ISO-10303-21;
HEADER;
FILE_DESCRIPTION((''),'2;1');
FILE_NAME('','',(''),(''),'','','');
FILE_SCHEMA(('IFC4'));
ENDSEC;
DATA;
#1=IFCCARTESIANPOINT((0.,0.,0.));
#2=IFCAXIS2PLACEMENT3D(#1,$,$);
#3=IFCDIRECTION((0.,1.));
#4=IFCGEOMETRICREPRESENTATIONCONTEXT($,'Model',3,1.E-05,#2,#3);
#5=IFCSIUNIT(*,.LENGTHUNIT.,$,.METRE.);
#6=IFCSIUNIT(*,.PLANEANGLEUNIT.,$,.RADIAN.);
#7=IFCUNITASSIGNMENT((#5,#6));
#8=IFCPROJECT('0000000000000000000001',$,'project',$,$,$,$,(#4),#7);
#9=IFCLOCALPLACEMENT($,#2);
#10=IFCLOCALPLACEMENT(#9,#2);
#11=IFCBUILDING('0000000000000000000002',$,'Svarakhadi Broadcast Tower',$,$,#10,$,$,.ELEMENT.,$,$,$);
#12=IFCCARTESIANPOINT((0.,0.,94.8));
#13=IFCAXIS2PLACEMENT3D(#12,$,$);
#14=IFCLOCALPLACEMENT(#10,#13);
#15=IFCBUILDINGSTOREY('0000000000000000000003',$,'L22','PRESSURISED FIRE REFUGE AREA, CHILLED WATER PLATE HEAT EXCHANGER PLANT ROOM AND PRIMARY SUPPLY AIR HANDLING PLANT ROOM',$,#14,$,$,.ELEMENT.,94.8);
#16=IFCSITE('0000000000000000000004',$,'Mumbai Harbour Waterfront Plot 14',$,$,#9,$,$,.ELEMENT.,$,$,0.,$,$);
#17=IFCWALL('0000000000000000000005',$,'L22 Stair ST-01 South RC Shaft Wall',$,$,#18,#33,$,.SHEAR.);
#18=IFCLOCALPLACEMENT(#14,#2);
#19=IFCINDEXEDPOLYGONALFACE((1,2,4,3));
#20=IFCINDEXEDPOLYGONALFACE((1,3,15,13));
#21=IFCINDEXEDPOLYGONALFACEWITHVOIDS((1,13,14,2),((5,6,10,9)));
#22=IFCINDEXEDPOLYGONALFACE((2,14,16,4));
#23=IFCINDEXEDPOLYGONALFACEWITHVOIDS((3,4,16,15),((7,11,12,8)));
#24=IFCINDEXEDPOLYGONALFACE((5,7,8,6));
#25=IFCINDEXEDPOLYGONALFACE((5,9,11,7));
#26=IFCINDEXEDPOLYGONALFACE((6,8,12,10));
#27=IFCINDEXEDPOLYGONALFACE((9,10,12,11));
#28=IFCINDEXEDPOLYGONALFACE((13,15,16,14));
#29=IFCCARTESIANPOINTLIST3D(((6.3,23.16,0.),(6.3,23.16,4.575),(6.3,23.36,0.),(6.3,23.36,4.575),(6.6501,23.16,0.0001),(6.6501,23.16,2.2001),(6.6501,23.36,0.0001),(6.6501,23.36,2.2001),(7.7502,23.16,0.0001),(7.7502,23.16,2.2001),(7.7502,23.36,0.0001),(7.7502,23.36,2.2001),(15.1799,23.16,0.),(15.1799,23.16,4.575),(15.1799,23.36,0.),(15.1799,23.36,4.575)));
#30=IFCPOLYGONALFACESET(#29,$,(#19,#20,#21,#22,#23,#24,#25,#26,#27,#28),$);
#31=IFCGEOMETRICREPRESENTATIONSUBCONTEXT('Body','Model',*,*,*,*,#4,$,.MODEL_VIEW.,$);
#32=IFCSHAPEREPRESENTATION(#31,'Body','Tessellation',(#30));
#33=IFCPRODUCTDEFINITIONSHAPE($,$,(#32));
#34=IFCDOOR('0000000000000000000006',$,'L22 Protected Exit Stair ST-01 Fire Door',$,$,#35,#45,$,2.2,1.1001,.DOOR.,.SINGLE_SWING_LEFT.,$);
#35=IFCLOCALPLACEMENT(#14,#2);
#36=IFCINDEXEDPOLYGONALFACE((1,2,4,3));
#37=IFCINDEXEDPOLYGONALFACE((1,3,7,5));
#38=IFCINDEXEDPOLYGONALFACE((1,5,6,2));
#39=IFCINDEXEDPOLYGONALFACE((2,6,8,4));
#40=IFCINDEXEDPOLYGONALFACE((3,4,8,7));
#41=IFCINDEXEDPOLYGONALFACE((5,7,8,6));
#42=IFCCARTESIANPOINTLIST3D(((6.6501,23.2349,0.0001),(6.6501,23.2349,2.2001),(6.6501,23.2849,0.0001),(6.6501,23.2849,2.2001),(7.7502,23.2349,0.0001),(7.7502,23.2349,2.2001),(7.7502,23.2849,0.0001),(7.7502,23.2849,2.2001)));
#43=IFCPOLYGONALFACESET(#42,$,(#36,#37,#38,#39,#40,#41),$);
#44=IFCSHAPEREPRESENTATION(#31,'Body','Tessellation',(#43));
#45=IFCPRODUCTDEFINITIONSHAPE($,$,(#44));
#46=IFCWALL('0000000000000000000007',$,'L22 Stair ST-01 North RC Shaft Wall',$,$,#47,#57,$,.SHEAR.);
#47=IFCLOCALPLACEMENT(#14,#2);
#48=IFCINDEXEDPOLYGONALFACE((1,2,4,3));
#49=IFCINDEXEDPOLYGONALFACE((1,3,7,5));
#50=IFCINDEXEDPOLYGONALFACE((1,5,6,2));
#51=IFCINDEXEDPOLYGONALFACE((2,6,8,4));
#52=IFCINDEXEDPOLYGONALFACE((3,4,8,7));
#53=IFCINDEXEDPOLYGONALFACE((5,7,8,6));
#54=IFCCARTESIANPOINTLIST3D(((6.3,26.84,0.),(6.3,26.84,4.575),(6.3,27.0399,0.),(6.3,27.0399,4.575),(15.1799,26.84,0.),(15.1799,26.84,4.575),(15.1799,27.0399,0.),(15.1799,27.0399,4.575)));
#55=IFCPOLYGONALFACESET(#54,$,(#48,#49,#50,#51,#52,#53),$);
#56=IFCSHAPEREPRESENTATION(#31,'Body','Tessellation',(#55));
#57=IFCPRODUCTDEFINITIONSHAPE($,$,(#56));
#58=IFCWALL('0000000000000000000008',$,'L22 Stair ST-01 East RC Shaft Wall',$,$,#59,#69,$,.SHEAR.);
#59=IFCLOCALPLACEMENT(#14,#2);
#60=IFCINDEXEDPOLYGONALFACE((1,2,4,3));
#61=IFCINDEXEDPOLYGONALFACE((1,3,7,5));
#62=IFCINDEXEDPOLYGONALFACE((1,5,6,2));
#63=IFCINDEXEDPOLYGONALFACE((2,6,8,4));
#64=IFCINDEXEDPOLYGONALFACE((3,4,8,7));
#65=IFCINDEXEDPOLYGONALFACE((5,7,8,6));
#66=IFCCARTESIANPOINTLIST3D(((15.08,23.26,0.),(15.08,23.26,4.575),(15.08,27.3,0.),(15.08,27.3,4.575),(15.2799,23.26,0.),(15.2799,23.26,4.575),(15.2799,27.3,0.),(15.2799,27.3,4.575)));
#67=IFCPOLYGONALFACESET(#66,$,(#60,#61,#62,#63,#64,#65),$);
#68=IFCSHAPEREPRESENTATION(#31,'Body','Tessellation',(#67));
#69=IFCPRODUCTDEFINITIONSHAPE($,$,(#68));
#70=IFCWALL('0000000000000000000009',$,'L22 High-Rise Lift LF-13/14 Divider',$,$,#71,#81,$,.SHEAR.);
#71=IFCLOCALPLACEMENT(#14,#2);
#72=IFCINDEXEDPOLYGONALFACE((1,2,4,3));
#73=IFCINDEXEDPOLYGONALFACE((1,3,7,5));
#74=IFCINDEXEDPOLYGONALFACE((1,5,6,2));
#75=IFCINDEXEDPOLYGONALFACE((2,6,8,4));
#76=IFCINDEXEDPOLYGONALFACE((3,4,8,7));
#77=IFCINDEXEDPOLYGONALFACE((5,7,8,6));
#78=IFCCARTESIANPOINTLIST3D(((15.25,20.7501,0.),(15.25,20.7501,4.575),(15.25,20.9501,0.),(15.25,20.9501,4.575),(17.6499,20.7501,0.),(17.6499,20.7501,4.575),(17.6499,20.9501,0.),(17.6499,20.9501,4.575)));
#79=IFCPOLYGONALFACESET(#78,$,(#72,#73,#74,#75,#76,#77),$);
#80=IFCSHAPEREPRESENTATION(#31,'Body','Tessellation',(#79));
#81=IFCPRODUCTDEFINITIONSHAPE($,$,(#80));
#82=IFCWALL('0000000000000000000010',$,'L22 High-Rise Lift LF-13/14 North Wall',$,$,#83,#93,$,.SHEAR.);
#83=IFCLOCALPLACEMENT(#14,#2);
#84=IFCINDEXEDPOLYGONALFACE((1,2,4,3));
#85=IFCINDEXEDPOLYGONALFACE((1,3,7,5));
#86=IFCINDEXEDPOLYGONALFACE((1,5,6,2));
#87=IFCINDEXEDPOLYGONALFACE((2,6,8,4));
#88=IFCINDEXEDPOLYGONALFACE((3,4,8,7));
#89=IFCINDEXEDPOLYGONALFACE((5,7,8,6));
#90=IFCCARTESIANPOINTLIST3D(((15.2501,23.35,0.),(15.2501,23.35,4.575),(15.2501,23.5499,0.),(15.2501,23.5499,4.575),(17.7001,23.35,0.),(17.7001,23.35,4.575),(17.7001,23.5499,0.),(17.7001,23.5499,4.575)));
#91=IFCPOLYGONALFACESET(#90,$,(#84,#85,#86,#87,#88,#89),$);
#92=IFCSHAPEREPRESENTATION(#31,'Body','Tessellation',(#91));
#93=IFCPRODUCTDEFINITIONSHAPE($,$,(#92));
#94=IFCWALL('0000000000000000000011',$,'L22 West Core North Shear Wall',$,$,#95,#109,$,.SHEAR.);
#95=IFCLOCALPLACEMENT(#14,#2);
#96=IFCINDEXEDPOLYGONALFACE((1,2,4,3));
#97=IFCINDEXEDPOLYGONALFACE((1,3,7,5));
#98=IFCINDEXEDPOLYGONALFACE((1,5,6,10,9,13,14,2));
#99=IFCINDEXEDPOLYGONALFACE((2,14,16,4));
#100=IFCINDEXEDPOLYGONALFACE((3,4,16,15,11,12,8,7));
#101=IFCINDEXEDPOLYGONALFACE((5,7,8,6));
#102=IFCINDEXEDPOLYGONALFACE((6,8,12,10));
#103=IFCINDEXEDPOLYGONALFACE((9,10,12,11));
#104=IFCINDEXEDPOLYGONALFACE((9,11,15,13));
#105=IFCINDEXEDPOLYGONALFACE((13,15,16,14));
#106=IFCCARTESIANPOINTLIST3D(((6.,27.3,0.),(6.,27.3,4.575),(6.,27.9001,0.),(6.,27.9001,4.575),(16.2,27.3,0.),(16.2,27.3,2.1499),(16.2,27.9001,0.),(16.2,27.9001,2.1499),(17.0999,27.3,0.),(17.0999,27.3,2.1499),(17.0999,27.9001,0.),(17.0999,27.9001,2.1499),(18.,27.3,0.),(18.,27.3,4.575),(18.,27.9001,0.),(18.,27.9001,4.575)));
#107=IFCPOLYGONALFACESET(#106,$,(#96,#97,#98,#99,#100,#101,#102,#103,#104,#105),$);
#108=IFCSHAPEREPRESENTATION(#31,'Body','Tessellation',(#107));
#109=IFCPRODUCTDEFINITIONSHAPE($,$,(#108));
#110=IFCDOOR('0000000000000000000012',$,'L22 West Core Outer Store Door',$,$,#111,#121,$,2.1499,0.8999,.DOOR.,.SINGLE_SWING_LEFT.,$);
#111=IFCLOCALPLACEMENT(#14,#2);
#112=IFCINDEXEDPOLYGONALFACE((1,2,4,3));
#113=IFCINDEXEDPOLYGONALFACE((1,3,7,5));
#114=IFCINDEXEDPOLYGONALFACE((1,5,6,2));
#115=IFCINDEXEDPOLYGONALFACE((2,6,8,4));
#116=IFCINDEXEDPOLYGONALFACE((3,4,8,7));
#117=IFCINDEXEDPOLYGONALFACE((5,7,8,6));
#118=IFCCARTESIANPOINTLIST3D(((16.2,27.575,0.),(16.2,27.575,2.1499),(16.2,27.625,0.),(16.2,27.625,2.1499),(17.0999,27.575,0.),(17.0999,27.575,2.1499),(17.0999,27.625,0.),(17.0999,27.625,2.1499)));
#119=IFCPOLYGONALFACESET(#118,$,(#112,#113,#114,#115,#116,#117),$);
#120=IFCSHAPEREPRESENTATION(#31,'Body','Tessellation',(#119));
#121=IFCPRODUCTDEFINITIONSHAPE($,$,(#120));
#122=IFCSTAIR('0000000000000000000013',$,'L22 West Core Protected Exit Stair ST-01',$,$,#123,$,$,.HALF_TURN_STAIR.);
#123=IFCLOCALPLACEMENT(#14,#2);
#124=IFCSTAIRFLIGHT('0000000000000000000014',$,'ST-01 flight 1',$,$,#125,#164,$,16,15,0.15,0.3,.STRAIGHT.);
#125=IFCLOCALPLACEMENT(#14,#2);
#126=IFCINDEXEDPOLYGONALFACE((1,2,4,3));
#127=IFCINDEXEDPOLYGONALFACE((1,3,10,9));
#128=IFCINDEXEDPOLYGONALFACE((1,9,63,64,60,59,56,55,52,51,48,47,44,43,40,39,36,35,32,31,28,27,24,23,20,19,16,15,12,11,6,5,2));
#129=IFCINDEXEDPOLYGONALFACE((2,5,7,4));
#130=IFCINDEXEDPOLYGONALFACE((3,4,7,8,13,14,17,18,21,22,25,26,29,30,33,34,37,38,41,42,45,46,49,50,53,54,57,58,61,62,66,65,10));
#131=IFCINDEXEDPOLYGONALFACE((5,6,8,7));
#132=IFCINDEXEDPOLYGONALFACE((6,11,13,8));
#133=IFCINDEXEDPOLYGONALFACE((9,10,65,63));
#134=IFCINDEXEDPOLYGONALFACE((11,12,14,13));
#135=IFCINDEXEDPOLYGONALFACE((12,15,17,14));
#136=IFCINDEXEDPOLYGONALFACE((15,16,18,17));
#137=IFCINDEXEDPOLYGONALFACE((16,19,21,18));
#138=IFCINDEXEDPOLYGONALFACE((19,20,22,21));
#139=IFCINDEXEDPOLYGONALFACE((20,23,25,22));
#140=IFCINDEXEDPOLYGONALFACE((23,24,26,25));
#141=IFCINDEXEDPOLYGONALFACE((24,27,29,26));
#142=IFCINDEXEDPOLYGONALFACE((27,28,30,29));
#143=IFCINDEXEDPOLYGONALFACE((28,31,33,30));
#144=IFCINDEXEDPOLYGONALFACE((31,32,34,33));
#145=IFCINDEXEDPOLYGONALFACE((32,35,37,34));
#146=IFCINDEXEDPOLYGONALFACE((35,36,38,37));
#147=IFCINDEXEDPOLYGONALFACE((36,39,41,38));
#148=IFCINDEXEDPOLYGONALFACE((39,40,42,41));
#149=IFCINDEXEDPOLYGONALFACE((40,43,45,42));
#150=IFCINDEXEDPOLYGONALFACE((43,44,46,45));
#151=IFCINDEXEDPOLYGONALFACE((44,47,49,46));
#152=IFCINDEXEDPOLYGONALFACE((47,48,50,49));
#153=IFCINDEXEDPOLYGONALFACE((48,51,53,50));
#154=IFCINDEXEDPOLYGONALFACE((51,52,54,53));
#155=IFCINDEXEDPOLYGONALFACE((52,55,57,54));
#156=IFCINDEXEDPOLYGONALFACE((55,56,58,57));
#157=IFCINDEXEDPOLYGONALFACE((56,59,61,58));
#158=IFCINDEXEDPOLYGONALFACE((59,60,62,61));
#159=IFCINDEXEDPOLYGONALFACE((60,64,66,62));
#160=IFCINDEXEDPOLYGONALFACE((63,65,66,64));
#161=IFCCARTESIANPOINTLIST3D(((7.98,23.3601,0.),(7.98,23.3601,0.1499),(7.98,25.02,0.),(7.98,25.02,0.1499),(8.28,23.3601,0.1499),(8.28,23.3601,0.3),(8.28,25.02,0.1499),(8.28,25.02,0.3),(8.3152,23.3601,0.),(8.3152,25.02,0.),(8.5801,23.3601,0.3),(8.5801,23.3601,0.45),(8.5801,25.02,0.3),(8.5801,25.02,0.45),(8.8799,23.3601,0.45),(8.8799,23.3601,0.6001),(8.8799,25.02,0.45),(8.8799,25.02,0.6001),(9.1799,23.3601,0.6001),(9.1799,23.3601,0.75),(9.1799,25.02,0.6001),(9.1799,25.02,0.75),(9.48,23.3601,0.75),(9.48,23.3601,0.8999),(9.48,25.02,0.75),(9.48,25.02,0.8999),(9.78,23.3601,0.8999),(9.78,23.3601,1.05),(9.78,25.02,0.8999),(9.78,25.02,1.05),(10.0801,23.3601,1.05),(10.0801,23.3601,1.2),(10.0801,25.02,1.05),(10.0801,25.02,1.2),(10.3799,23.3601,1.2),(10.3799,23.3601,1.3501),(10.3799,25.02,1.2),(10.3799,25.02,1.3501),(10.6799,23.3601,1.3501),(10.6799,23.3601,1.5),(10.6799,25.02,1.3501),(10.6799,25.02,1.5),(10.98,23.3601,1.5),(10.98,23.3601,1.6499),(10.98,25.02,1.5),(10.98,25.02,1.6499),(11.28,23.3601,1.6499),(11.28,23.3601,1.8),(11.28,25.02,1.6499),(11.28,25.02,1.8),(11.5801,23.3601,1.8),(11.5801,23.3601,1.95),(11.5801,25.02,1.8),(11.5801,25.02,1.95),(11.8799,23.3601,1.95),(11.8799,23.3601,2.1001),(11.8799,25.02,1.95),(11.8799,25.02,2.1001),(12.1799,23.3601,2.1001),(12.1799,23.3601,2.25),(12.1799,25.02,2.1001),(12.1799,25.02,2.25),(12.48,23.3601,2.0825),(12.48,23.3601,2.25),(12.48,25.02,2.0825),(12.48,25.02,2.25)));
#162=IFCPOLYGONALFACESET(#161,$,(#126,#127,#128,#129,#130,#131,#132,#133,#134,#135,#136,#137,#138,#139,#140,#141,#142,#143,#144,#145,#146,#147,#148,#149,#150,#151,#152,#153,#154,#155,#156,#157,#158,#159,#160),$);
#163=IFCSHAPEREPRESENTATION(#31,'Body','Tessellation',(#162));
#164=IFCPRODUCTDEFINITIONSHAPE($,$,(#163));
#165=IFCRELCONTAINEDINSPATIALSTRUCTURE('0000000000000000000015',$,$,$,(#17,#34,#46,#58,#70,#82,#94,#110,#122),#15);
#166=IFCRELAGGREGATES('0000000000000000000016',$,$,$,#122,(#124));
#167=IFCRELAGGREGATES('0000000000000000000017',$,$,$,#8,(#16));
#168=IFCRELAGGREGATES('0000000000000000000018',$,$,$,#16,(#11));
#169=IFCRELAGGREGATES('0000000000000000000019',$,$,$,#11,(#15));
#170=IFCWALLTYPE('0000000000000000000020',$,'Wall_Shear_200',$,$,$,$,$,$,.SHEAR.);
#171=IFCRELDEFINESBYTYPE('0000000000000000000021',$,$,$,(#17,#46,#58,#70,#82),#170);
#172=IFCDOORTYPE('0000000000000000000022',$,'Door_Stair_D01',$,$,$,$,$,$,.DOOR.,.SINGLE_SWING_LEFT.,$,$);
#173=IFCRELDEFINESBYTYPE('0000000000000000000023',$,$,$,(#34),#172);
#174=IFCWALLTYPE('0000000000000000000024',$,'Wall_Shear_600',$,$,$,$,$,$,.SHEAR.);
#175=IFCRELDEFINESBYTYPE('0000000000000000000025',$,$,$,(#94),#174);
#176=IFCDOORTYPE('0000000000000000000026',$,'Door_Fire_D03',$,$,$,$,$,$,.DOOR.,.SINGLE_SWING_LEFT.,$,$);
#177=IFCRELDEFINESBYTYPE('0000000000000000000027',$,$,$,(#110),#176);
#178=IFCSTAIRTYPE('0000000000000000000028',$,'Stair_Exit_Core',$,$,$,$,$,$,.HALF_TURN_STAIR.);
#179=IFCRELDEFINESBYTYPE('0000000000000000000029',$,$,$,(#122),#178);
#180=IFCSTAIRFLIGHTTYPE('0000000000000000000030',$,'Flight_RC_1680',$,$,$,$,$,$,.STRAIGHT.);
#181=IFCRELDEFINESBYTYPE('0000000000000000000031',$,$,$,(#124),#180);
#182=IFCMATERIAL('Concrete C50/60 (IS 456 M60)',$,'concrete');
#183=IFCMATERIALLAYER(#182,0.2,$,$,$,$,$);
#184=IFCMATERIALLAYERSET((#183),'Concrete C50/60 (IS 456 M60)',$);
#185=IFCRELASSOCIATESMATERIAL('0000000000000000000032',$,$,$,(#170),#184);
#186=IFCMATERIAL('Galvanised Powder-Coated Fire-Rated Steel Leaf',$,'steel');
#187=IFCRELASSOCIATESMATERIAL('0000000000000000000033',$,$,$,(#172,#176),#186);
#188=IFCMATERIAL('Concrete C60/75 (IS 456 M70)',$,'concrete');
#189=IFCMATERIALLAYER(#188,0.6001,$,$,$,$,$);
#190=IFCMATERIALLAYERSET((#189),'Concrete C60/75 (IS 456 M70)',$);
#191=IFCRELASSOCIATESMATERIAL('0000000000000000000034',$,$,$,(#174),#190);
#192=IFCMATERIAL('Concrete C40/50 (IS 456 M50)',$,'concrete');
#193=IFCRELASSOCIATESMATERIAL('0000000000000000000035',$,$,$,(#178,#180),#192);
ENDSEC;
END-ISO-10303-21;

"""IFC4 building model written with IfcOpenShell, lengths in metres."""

from ifc_helpers import new_model, si_unit, direction, frame, frame_2d, origin, place, context, subcontext, project, spatial, polyline, rectangle, outline, extrude, material, layer, layer_set, type_object, element, fill, aggregate, save


model = new_model("IFC4")

# Units and contexts
model_context = context("Model", 3, precision=1e-05, world=origin(), true_north=direction((0.0, 1.0)))
body_context = subcontext(model_context, "Body", "Model", "MODEL_VIEW")
ifc_project = project(units=[si_unit("LENGTHUNIT", "METRE"), si_unit("PLANEANGLEUNIT", "RADIAN")], contexts=[model_context])

# Site, building, storey
site_placement = place(None, origin())
site = spatial("IfcSite", under=ifc_project, at=site_placement, Name="Mumbai Harbour Waterfront Plot 14", CompositionType="ELEMENT", RefElevation=0.0)
building_placement = place(site_placement, origin())
building = spatial("IfcBuilding", under=site, at=building_placement, Name="Svarakhadi Broadcast Tower", CompositionType="ELEMENT")
storey_placement = place(building_placement, frame((0.0, 0.0, 94.8)))
storey = spatial("IfcBuildingStorey", under=building, at=storey_placement, Name="L22", Description="PRESSURISED FIRE REFUGE AREA, CHILLED WATER PLATE HEAT EXCHANGER PLANT ROOM AND PRIMARY SUPPLY AIR HANDLING PLANT ROOM", CompositionType="ELEMENT", Elevation=94.8)

# Shared definitions
ifc_material_1 = material(Name="Concrete C60/75 (IS 456 M70)", Category="concrete")

# Shared definitions
ifc_material_2 = material(Name="Concrete C50/60 (IS 456 M60)", Category="concrete")

# Shared definitions
ifc_material_3 = material(Name="Concrete C40/50 (IS 456 M50)", Category="concrete")

# Wall, opening, door
ifc_material_4 = material(Name="Galvanised Powder-Coated Fire-Rated Steel Leaf", Category="steel")
ifc_layer_1 = layer(ifc_material_2, 0.2)
ifc_layer_set_1 = layer_set([ifc_layer_1], Name="Concrete C50/60 (IS 456 M60)")
wall_type_1 = type_object("IfcWallType", Name="Wall_Shear_200", PredefinedType="SHEAR", material=ifc_layer_set_1)
wall_1_placement = place(storey_placement, frame((6.3, 23.26, 0.0), z_axis=(0.0, 0.0, 1.0), x_axis=(1.0, 0.0, 0.0)))
wall_1 = element("IfcWall", 1, at=wall_1_placement, inside=storey, type_object=wall_type_1, Name="L22 Stair ST-01 South RC Shaft Wall", PredefinedType="SHEAR", context=body_context, shape_type="SweptSolid", body=[
    extrude(rectangle(XDim=8.8799, YDim=0.2, at=frame_2d((4.4399, 0.0))), origin(), (0.0, 0.0, 1.0), 4.575),
])
opening_1_placement = place(wall_1_placement, frame((0.3501, 0.0, 0.0)))
opening_1 = element("IfcOpeningElement", 2, at=opening_1_placement, cuts=wall_1, PredefinedType="OPENING", context=body_context, shape_type="SweptSolid", body=[
    extrude(rectangle(XDim=1.1001, YDim=2.2, at=frame_2d((0.55, 1.1001))), frame((0.0, 0.1099, 0.0), z_axis=(0.0, -1.0, 0.0), x_axis=(1.0, 0.0, 0.0)), (0.0, 0.0, 1.0), 0.22),
])
door_type_1 = type_object("IfcDoorType", Name="Door_Stair_D01", OperationType="SINGLE_SWING_LEFT", PredefinedType="DOOR", material=ifc_material_4)
door_1_placement = place(opening_1_placement, origin())
door_1 = element("IfcDoor", 3, at=door_1_placement, inside=storey, type_object=door_type_1, Name="L22 Protected Exit Stair ST-01 Fire Door", OperationType="SINGLE_SWING_LEFT", OverallHeight=2.2, OverallWidth=1.1001, PredefinedType="DOOR", context=body_context, shape_type="SweptSolid", body=[
    extrude(rectangle(XDim=1.1001, YDim=2.2, at=frame_2d((0.55, 1.1001))), frame((0.0, 0.0249, 0.0), z_axis=(0.0, -1.0, 0.0), x_axis=(1.0, 0.0, 0.0)), (0.0, 0.0, 1.0), 0.05),
])
fill(opening_1, door_1)

# Walls
wall_2_placement = place(storey_placement, frame((6.3, 26.9399, 0.0), z_axis=(0.0, 0.0, 1.0), x_axis=(1.0, 0.0, 0.0)))
element("IfcWall", 4, at=wall_2_placement, inside=storey, type_object=wall_type_1, Name="L22 Stair ST-01 North RC Shaft Wall", PredefinedType="SHEAR", context=body_context, shape_type="SweptSolid", body=[
    extrude(rectangle(XDim=8.8799, YDim=0.2, at=frame_2d((4.4399, 0.0))), origin(), (0.0, 0.0, 1.0), 4.575),
])
wall_3_placement = place(storey_placement, frame((15.1799, 23.26, 0.0), z_axis=(0.0, 0.0, 1.0), x_axis=(0.0, 1.0, 0.0)))
element("IfcWall", 5, at=wall_3_placement, inside=storey, type_object=wall_type_1, Name="L22 Stair ST-01 East RC Shaft Wall", PredefinedType="SHEAR", context=body_context, shape_type="SweptSolid", body=[
    extrude(rectangle(XDim=4.04, YDim=0.2, at=frame_2d((2.02, 0.0))), origin(), (0.0, 0.0, 1.0), 4.575),
])

# Walls
wall_4_placement = place(storey_placement, frame((15.25, 20.8501, 0.0), z_axis=(0.0, 0.0, 1.0), x_axis=(1.0, 0.0, 0.0)))
element("IfcWall", 6, at=wall_4_placement, inside=storey, type_object=wall_type_1, Name="L22 High-Rise Lift LF-13/14 Divider", PredefinedType="SHEAR", context=body_context, shape_type="SweptSolid", body=[
    extrude(rectangle(XDim=2.3999, YDim=0.2, at=frame_2d((1.2, 0.0))), origin(), (0.0, 0.0, 1.0), 4.575),
])
wall_5_placement = place(storey_placement, frame((15.25, 23.45, 0.0), z_axis=(0.0, 0.0, 1.0), x_axis=(1.0, 0.0, 0.0)))
element("IfcWall", 7, at=wall_5_placement, inside=storey, type_object=wall_type_1, Name="L22 High-Rise Lift LF-13/14 North Wall", PredefinedType="SHEAR", context=body_context, shape_type="SweptSolid", body=[
    extrude(rectangle(XDim=2.45, YDim=0.2, at=frame_2d((1.2251, 0.0))), origin(), (0.0, 0.0, 1.0), 4.575),
])

# Wall, opening, door
ifc_layer_2 = layer(ifc_material_1, 0.6001)
ifc_layer_set_2 = layer_set([ifc_layer_2], Name="Concrete C60/75 (IS 456 M70)")
wall_type_2 = type_object("IfcWallType", Name="Wall_Shear_600", PredefinedType="SHEAR", material=ifc_layer_set_2)
wall_6_placement = place(storey_placement, frame((6.0, 27.6001, 0.0), z_axis=(0.0, 0.0, 1.0), x_axis=(1.0, 0.0, 0.0)))
wall_6 = element("IfcWall", 8, at=wall_6_placement, inside=storey, type_object=wall_type_2, Name="L22 West Core North Shear Wall", PredefinedType="SHEAR", context=body_context, shape_type="SweptSolid", body=[
    extrude(rectangle(XDim=12.0, YDim=0.6001, at=frame_2d((6.0, 0.0))), origin(), (0.0, 0.0, 1.0), 4.575),
])
opening_2_placement = place(wall_6_placement, frame((10.2, 0.0, 0.0)))
opening_2 = element("IfcOpeningElement", 9, at=opening_2_placement, cuts=wall_6, PredefinedType="OPENING", context=body_context, shape_type="SweptSolid", body=[
    extrude(rectangle(XDim=0.8999, YDim=2.1499, at=frame_2d((0.45, 1.075))), frame((0.0, 0.3101, 0.0), z_axis=(0.0, -1.0, 0.0), x_axis=(1.0, 0.0, 0.0)), (0.0, 0.0, 1.0), 0.6201),
])
door_type_2 = type_object("IfcDoorType", Name="Door_Fire_D03", OperationType="SINGLE_SWING_LEFT", PredefinedType="DOOR", material=ifc_material_4)
door_2_placement = place(opening_2_placement, origin())
door_2 = element("IfcDoor", 10, at=door_2_placement, inside=storey, type_object=door_type_2, Name="L22 West Core Outer Store Door", OperationType="SINGLE_SWING_LEFT", OverallHeight=2.1499, OverallWidth=0.8999, PredefinedType="DOOR", context=body_context, shape_type="SweptSolid", body=[
    extrude(rectangle(XDim=0.8999, YDim=2.1499, at=frame_2d((0.45, 1.075))), frame((0.0, 0.0249, 0.0), z_axis=(0.0, -1.0, 0.0), x_axis=(1.0, 0.0, 0.0)), (0.0, 0.0, 1.0), 0.05),
])
fill(opening_2, door_2)

# Stair, stair flight
stair_type = type_object("IfcStairType", Name="Stair_Exit_Core", PredefinedType="HALF_TURN_STAIR", material=ifc_material_3)
stair_placement = place(storey_placement, origin())
stair = element("IfcStair", 11, at=stair_placement, inside=storey, type_object=stair_type, Name="L22 West Core Protected Exit Stair ST-01", PredefinedType="HALF_TURN_STAIR")
stair_flight_type = type_object("IfcStairFlightType", Name="Flight_RC_1680", PredefinedType="STRAIGHT", material=ifc_material_3)
stair_flight_1_placement = place(storey_placement, frame((7.98, 24.1899, 0.0), z_axis=(0.0, 0.0, 1.0), x_axis=(1.0, 0.0, 0.0)))
stair_flight_1 = element("IfcStairFlight", 12, at=stair_flight_1_placement, type_object=stair_flight_type, Name="ST-01 flight 1", NumberOfRisers=16, NumberOfTreads=15, PredefinedType="STRAIGHT", RiserHeight=0.15, TreadLength=0.3, context=body_context, shape_type="SweptSolid", body=[
    extrude(outline(polyline([(0.0, 0.0), (0.0, 0.1499), (0.3, 0.1499), (0.3, 0.3), (0.6001, 0.3), (0.6001, 0.45), (0.8999, 0.45), (0.8999, 0.6001), (1.2, 0.6001), (1.2, 0.75), (1.5, 0.75), (1.5, 0.8999), (1.8, 0.8999), (1.8, 1.05), (2.1001, 1.05), (2.1001, 1.2), (2.3999, 1.2), (2.3999, 1.3501), (2.7, 1.3501), (2.7, 1.5), (3.0, 1.5), (3.0, 1.6499), (3.3, 1.6499), (3.3, 1.8), (3.6001, 1.8), (3.6001, 1.95), (3.8999, 1.95), (3.8999, 2.1001), (4.2, 2.1001), (4.2, 2.25), (4.5, 2.25), (4.5, 2.3999), (4.5, 2.0825), (0.3352, 0.0), (0.0, 0.0)])), frame((0.0, 0.8301, 0.0), z_axis=(0.0, -1.0, 0.0), x_axis=(1.0, 0.0, 0.0)), (0.0, 0.0, 1.0), 1.6599),
])
aggregate(stair, [stair_flight_1])

save(model, "model.ifc")
